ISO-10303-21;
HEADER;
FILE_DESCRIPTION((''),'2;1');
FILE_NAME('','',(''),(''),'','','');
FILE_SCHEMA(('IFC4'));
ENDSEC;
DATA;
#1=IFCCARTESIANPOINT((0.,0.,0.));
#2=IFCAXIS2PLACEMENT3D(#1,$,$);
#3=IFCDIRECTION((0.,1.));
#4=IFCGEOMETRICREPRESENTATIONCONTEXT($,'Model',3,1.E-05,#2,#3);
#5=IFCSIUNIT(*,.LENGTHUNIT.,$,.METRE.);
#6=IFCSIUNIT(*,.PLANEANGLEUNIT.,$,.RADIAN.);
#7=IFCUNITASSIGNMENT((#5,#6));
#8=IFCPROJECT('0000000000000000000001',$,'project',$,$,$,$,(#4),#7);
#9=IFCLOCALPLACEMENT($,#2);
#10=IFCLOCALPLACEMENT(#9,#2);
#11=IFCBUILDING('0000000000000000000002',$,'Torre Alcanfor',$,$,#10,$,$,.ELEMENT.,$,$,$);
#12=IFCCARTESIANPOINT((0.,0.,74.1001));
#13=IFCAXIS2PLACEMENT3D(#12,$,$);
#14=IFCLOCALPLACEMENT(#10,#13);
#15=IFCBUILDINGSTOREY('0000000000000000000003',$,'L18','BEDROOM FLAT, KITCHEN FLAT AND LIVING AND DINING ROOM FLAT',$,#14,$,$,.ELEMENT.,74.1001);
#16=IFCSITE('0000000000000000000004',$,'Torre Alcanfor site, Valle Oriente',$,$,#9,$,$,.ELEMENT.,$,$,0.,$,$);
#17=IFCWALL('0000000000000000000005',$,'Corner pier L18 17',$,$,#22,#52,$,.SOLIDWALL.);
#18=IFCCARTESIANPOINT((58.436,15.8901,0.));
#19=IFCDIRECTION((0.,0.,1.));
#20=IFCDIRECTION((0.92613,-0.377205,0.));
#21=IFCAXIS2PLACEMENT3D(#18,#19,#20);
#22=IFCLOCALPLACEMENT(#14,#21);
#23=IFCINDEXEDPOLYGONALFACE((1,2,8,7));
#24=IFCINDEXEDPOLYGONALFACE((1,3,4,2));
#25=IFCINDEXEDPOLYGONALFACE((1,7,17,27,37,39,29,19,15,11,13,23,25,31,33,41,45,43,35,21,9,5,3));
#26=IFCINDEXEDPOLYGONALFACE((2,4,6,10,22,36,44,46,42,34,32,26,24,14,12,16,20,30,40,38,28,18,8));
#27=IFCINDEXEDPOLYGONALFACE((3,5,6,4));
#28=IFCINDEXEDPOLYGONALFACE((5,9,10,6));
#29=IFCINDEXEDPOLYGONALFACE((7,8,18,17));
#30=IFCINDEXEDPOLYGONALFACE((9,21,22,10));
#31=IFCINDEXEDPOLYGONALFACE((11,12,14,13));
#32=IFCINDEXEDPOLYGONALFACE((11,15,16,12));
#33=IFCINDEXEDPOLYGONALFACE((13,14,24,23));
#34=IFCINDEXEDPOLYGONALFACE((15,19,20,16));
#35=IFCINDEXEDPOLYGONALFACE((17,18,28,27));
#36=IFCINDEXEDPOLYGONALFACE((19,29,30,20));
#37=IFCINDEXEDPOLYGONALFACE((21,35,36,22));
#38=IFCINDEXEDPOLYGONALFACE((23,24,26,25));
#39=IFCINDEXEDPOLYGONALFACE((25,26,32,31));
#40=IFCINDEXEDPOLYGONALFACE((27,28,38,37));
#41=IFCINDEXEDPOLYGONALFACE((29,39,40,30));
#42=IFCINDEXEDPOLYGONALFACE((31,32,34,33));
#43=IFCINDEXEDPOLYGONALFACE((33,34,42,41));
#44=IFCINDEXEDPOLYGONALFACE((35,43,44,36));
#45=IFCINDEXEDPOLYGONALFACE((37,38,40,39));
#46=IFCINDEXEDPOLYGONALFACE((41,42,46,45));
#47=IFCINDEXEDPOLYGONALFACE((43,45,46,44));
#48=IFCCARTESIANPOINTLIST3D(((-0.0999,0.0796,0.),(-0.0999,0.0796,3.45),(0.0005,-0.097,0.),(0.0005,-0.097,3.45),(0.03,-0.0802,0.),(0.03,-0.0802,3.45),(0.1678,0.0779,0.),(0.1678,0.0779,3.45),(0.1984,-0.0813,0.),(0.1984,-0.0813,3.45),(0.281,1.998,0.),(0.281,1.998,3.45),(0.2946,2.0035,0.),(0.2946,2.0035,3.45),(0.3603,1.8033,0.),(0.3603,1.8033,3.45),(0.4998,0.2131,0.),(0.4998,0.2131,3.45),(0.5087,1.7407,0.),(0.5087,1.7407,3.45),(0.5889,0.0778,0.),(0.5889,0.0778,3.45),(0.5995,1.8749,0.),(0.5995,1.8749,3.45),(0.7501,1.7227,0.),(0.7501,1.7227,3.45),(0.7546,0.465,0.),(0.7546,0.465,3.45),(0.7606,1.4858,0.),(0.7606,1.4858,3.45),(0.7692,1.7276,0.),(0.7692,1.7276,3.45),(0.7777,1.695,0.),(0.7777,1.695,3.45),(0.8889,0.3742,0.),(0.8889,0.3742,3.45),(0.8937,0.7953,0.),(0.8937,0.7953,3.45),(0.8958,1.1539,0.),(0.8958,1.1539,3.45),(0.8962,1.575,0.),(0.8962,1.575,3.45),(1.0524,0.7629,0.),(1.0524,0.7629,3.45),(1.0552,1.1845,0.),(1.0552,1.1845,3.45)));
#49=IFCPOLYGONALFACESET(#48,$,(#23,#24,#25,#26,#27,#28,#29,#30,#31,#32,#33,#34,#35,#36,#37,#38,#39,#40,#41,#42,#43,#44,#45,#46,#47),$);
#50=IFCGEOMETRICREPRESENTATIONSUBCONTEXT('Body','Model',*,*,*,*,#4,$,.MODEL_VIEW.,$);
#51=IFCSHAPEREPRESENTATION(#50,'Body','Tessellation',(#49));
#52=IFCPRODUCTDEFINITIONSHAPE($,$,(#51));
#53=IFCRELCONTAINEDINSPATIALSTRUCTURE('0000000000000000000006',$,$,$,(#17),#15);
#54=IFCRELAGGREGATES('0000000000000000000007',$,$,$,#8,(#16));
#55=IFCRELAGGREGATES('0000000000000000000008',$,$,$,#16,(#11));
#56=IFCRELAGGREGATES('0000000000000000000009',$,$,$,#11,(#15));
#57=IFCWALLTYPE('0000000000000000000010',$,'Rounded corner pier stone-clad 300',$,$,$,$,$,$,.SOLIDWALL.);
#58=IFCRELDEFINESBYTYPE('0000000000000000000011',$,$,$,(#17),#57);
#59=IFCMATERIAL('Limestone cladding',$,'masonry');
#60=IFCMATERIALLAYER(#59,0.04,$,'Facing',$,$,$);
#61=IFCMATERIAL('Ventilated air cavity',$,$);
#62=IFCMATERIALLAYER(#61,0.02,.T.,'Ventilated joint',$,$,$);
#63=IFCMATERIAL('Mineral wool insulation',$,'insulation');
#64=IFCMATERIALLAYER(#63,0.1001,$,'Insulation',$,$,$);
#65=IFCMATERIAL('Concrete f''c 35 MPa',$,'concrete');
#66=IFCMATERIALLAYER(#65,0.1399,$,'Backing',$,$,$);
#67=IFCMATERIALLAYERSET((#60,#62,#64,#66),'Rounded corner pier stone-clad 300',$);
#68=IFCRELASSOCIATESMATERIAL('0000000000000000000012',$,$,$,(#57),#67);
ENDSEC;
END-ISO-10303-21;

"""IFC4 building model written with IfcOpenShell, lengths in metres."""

from ifc_helpers import new_model, si_unit, direction, frame, origin, place, context, subcontext, project, spatial, polyline, outline, extrude, material, layer, layer_set, type_object, element, save


model = new_model("IFC4")

# Units and contexts
model_context = context("Model", 3, precision=1e-05, world=origin(), true_north=direction((0.0, 1.0)))
body_context = subcontext(model_context, "Body", "Model", "MODEL_VIEW")
ifc_project = project(units=[si_unit("LENGTHUNIT", "METRE"), si_unit("PLANEANGLEUNIT", "RADIAN")], contexts=[model_context])

# Site, building, storey
site_placement = place(None, origin())
site = spatial("IfcSite", under=ifc_project, at=site_placement, Name="Torre Alcanfor site, Valle Oriente", CompositionType="ELEMENT", RefElevation=0.0)
building_placement = place(site_placement, origin())
building = spatial("IfcBuilding", under=site, at=building_placement, Name="Torre Alcanfor", CompositionType="ELEMENT")
storey_placement = place(building_placement, frame((0.0, 0.0, 74.1001)))
storey = spatial("IfcBuildingStorey", under=building, at=storey_placement, Name="L18", Description="BEDROOM FLAT, KITCHEN FLAT AND LIVING AND DINING ROOM FLAT", CompositionType="ELEMENT", Elevation=74.1001)

# Shared definitions
ifc_material_1 = material(Name="Limestone cladding", Category="masonry")
ifc_material_2 = material(Name="Ventilated air cavity")
ifc_material_3 = material(Name="Mineral wool insulation", Category="insulation")
ifc_material_4 = material(Name="Concrete f'c 35 MPa", Category="concrete")

# Wall
ifc_layer_1 = layer(ifc_material_1, 0.04, Name="Facing")
ifc_layer_2 = layer(ifc_material_2, 0.02, ventilated=True, Name="Ventilated joint")
ifc_layer_3 = layer(ifc_material_3, 0.1001, Name="Insulation")
ifc_layer_4 = layer(ifc_material_4, 0.1399, Name="Backing")
ifc_layer_set_1 = layer_set([ifc_layer_1, ifc_layer_2, ifc_layer_3, ifc_layer_4], Name="Rounded corner pier stone-clad 300")
wall_type_1 = type_object("IfcWallType", Name="Rounded corner pier stone-clad 300", PredefinedType="SOLIDWALL", material=ifc_layer_set_1)
wall_1_placement = place(storey_placement, frame((58.436, 15.8901, 0.0), z_axis=(0.0, 0.0, 1.0), x_axis=(0.92613, -0.377205, 0.0)))
element("IfcWall", 1, at=wall_1_placement, inside=storey, type_object=wall_type_1, Name="Corner pier L18 17", PredefinedType="SOLIDWALL", context=body_context, shape_type="SweptSolid", body=[
    extrude(outline(polyline([(0.7692, 1.7276), (0.7501, 1.7227), (0.5995, 1.8749), (0.2946, 2.0035), (0.281, 1.998), (0.3603, 1.8033), (0.5087, 1.7407), (0.7606, 1.4858), (0.8958, 1.1539), (0.8937, 0.7953), (0.7546, 0.465), (0.4998, 0.2131), (0.1678, 0.0779), (-0.0999, 0.0796), (0.0005, -0.097), (0.03, -0.0802), (0.1984, -0.0813), (0.5889, 0.0778), (0.8889, 0.3742), (1.0524, 0.7629), (1.0552, 1.1845), (0.8962, 1.575), (0.7777, 1.695), (0.7692, 1.7276)])), origin(), (0.0, 0.0, 1.0), 3.45),
])

save(model, "model.ifc")
